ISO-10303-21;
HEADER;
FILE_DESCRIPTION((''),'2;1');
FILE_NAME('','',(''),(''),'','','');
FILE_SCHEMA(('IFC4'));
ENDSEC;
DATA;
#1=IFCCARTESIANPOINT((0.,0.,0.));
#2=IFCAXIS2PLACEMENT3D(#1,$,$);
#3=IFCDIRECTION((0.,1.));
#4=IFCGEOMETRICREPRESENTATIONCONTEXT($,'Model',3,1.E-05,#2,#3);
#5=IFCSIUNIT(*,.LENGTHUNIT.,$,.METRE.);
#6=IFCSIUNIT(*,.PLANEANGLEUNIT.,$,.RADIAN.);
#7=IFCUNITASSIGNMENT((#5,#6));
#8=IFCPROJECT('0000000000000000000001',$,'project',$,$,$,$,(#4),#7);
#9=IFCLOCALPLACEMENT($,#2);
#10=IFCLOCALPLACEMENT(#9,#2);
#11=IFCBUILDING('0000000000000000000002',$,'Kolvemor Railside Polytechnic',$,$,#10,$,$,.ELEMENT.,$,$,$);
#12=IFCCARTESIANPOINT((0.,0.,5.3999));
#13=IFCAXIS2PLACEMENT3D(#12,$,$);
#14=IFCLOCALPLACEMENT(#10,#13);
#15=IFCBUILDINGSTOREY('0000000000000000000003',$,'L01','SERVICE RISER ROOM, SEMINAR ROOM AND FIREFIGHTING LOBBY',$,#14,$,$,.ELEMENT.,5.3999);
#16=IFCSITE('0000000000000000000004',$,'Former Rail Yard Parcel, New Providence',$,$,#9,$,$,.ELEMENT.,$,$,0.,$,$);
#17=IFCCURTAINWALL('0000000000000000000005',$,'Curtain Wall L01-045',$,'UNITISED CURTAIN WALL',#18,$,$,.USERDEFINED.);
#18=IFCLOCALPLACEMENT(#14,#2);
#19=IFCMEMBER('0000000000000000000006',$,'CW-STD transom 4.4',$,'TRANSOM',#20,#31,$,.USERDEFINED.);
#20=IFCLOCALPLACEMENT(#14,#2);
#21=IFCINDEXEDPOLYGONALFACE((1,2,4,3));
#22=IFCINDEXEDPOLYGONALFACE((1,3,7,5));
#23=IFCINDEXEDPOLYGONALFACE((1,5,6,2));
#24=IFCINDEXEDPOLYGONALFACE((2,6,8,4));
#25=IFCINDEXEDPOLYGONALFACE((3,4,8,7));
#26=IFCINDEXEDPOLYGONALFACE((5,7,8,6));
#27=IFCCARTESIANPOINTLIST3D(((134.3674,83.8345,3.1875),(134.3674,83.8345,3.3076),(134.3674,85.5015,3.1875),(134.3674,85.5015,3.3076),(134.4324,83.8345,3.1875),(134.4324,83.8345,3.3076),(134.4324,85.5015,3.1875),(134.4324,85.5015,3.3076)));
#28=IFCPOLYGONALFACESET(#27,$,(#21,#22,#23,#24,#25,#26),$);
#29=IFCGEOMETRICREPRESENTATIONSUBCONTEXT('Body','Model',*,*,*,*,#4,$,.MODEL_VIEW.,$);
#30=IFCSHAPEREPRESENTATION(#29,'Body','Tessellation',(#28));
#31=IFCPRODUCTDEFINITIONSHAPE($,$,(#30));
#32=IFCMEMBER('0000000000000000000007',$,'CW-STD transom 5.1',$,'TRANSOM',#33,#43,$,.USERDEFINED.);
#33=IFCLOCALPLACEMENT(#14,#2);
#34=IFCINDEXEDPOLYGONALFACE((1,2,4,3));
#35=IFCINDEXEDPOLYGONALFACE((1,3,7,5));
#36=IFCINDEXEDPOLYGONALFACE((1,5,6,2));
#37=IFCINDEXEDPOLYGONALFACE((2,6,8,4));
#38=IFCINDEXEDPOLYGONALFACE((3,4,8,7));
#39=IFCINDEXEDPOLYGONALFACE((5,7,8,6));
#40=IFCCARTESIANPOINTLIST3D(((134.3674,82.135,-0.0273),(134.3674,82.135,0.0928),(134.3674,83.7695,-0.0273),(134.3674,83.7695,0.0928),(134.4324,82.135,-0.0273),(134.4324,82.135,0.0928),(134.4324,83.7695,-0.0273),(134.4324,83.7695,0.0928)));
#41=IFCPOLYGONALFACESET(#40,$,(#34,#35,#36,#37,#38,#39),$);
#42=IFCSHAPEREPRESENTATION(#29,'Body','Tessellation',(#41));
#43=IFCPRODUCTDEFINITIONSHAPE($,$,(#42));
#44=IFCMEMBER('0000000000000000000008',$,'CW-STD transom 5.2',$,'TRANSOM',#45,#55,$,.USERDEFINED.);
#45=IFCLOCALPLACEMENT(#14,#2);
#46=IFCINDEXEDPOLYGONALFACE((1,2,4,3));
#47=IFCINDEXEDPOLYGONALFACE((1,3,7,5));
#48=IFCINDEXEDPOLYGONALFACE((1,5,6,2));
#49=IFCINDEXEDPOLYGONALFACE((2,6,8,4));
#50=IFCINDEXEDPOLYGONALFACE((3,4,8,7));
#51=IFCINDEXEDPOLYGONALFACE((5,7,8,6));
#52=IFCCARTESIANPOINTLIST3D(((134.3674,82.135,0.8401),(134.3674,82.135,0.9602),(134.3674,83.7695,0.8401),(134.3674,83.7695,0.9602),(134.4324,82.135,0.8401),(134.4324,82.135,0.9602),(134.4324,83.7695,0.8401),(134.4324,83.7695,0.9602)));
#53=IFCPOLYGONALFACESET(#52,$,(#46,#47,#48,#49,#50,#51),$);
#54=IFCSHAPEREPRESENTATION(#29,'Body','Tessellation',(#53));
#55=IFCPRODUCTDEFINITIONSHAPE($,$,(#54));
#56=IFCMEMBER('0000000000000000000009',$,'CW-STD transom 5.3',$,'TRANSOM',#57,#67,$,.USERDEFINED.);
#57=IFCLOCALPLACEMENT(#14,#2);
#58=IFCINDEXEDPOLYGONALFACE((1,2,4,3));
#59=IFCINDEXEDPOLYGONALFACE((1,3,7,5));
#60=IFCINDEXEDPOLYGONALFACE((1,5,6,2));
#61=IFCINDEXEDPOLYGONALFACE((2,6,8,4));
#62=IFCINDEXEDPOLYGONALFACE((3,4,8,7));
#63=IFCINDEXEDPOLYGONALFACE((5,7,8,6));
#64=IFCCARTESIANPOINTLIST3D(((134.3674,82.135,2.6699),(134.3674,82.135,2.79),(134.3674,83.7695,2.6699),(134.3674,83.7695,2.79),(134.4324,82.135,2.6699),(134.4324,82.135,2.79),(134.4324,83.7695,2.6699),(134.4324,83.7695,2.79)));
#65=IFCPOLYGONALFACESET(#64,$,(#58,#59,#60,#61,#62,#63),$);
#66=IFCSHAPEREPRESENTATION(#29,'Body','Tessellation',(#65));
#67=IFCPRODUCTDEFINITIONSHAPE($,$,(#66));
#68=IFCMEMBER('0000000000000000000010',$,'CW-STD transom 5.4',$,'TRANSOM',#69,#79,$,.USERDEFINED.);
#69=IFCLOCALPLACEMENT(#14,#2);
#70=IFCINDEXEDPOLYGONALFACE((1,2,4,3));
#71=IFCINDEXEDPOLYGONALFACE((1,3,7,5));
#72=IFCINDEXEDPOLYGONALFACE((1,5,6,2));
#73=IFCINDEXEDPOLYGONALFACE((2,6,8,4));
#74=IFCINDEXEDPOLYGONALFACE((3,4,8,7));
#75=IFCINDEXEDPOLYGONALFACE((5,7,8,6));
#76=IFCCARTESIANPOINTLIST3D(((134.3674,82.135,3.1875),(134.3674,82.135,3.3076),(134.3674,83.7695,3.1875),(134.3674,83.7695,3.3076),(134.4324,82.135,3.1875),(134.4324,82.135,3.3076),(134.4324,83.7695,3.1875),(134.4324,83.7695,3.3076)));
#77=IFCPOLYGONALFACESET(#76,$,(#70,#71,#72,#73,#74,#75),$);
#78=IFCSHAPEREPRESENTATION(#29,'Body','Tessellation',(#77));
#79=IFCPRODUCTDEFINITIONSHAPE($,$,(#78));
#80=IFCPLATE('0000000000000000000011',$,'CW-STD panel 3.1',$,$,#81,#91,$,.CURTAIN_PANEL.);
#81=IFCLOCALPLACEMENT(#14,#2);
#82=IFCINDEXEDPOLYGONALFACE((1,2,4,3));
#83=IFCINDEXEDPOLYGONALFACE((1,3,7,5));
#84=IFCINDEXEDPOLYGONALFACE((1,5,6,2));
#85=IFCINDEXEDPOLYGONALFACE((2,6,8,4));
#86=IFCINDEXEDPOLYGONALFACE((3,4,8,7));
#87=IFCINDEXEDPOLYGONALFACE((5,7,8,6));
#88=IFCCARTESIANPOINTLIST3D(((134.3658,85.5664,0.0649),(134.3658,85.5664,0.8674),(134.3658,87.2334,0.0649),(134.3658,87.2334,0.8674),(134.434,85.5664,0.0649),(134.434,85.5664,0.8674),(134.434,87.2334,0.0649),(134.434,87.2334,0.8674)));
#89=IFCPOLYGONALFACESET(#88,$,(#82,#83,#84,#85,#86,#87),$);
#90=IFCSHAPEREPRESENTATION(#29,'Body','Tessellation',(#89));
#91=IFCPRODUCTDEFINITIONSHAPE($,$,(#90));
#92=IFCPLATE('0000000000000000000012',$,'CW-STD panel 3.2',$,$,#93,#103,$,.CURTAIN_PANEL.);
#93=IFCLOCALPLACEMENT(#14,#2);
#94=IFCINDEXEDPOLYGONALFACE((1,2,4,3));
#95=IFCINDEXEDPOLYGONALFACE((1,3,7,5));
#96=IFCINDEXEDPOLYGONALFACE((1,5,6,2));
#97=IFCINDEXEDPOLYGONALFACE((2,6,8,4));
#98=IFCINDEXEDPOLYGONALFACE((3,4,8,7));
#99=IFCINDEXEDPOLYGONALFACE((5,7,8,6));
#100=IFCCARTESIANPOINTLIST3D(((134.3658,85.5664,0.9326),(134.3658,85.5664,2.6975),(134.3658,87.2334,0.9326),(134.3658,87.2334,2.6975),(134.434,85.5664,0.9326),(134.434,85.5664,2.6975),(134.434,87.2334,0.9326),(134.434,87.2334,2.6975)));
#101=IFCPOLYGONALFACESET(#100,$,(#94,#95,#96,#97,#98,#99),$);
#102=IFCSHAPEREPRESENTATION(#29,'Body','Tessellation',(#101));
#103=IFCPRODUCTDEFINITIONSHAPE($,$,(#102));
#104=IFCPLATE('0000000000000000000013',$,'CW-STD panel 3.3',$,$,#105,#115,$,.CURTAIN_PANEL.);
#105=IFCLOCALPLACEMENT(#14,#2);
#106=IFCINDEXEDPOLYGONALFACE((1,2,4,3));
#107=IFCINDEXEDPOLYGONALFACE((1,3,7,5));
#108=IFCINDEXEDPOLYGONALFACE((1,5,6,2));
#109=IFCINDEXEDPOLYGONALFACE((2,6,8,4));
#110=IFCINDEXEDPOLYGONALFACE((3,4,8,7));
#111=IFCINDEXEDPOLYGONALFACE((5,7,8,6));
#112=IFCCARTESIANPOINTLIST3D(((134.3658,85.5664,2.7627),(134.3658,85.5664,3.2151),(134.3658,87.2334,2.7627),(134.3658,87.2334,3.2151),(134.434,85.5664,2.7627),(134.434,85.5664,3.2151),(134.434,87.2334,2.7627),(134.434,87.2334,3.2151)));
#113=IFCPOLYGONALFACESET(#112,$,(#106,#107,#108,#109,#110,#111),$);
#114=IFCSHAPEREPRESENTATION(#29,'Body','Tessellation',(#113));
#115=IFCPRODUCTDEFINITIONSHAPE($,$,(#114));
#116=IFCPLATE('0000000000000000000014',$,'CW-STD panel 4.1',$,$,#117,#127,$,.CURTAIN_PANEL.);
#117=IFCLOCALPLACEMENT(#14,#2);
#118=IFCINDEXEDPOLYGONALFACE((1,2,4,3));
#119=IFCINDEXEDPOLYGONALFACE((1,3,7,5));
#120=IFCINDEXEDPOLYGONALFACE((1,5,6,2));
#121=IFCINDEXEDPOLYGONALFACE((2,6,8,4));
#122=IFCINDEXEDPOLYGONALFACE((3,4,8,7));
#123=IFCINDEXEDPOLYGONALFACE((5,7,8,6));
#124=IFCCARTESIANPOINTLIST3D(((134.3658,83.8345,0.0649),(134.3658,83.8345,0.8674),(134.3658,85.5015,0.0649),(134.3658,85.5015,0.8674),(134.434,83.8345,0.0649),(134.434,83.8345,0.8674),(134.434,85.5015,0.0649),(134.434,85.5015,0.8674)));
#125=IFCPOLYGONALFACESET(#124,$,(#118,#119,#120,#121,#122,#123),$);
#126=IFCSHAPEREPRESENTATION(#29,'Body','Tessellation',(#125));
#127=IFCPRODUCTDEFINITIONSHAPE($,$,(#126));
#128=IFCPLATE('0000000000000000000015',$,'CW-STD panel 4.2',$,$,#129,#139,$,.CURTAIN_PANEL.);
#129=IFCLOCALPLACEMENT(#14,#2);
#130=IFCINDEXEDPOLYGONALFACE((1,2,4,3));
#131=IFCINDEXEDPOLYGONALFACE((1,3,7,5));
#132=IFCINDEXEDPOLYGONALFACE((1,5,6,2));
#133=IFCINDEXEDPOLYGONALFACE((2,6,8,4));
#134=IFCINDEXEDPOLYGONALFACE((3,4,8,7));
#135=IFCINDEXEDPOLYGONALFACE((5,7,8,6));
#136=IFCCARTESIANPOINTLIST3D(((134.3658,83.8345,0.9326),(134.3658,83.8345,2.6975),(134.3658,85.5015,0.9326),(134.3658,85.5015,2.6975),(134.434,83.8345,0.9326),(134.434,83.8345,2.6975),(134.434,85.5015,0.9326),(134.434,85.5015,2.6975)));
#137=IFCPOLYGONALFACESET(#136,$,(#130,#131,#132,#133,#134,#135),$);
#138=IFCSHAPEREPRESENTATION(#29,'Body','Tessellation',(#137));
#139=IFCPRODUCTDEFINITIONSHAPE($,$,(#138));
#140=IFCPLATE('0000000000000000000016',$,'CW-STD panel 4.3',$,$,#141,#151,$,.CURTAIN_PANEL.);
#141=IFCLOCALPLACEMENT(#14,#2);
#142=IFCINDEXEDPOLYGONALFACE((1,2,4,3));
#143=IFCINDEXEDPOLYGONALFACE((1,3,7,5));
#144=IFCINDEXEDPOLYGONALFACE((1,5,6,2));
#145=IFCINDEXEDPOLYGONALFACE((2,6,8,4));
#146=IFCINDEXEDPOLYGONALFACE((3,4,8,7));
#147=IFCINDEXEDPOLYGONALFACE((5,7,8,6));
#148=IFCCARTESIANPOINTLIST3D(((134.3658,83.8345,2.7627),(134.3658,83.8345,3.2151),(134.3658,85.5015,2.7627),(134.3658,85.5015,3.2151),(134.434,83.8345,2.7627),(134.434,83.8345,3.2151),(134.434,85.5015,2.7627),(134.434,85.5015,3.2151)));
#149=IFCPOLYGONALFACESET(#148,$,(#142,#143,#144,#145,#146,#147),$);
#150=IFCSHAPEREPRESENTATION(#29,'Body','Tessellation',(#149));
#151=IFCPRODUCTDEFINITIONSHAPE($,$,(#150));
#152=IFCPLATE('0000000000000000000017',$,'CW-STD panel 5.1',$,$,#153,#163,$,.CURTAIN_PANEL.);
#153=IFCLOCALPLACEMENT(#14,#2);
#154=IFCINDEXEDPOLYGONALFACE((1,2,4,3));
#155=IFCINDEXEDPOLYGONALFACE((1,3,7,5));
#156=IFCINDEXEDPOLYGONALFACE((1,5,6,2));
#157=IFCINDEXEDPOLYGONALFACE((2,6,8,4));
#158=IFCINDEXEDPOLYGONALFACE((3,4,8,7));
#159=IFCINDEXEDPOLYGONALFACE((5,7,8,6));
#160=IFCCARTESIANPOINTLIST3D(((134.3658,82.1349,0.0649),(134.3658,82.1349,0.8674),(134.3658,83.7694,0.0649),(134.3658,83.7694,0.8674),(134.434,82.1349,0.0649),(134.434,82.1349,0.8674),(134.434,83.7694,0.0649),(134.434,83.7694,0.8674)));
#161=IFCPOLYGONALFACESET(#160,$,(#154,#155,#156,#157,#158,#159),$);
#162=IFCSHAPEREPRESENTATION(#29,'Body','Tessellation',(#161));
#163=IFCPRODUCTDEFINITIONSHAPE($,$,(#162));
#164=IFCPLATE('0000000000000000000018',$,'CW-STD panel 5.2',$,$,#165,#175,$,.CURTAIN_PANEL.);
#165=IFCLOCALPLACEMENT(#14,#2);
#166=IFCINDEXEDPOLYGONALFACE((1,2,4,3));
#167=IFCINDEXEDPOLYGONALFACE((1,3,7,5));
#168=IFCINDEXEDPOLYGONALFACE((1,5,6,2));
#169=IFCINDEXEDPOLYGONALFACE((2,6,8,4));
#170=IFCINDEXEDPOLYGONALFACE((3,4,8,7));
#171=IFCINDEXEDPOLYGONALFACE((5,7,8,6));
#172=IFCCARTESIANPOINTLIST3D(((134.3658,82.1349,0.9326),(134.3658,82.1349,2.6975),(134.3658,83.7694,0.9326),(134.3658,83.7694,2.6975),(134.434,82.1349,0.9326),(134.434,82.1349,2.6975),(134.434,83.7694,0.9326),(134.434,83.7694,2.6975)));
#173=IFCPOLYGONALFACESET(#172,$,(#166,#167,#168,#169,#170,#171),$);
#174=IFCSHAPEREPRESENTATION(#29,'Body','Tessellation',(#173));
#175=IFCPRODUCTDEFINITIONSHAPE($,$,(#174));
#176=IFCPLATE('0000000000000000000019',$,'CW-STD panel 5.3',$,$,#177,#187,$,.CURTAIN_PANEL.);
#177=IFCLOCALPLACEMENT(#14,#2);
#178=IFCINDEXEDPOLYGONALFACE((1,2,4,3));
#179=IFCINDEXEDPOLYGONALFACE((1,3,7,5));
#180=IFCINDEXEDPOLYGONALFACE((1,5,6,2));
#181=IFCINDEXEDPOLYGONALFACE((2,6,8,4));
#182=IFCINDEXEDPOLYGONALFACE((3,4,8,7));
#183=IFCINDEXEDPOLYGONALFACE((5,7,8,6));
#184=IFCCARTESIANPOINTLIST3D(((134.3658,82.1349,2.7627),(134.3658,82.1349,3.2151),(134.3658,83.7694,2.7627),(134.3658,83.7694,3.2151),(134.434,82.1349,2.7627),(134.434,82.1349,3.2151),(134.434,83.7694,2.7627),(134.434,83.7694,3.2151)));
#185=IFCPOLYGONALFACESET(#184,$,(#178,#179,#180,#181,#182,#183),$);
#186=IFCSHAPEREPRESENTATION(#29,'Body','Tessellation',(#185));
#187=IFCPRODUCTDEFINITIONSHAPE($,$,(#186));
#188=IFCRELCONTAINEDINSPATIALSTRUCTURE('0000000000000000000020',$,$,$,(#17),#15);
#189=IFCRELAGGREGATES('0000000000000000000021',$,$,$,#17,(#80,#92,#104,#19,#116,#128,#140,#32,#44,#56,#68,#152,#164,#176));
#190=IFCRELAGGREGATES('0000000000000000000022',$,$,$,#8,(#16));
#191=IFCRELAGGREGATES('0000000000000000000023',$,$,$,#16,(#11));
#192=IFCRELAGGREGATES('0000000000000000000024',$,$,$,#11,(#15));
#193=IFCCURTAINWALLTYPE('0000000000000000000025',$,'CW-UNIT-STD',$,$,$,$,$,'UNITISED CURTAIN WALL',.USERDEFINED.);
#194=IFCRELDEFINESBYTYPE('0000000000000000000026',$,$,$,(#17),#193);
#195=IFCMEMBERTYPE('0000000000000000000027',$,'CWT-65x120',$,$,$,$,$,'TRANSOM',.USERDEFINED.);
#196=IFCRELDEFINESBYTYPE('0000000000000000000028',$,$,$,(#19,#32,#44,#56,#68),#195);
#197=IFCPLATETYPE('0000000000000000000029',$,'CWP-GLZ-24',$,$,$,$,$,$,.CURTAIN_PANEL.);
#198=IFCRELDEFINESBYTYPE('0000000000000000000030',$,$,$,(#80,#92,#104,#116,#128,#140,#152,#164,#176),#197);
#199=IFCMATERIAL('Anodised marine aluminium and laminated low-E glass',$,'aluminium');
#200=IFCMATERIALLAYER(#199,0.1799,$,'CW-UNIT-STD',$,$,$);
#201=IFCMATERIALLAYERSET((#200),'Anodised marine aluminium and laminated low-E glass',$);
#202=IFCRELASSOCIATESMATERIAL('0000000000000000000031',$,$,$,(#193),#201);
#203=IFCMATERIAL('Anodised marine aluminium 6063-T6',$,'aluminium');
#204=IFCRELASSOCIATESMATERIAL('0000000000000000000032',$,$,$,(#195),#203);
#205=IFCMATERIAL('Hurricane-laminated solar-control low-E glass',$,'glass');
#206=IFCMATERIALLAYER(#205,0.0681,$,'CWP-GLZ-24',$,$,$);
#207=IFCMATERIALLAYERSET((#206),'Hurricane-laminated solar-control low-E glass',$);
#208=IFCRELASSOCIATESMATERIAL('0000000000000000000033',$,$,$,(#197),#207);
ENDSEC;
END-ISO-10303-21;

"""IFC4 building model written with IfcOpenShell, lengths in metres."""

from ifc_helpers import new_model, si_unit, direction, frame, origin, origin_2d, place, context, subcontext, project, spatial, rectangle, extrude, material, layer, layer_set, material_profile, profile_set, type_object, element, aggregate, save


model = new_model("IFC4")

# Units and contexts
model_context = context("Model", 3, precision=1e-05, world=origin(), true_north=direction((0.0, 1.0)))
body_context = subcontext(model_context, "Body", "Model", "MODEL_VIEW")
ifc_project = project(units=[si_unit("LENGTHUNIT", "METRE"), si_unit("PLANEANGLEUNIT", "RADIAN")], contexts=[model_context])

# Site, building, storey
site_placement = place(None, origin())
site = spatial("IfcSite", under=ifc_project, at=site_placement, Name="Former Rail Yard Parcel, New Providence", CompositionType="ELEMENT", RefElevation=0.0)
building_placement = place(site_placement, origin())
building = spatial("IfcBuilding", under=site, at=building_placement, Name="Kolvemor Railside Polytechnic", CompositionType="ELEMENT")
storey_placement = place(building_placement, frame((0.0, 0.0, 5.3999)))
storey = spatial("IfcBuildingStorey", under=building, at=storey_placement, Name="L01", Description="SERVICE RISER ROOM, SEMINAR ROOM AND FIREFIGHTING LOBBY", CompositionType="ELEMENT", Elevation=5.3999)

# Curtain wall, members, plates
ifc_material_1 = material(Name="Anodised marine aluminium and laminated low-E glass", Category="aluminium")
ifc_layer_1 = layer(ifc_material_1, 0.1799, Name="CW-UNIT-STD")
ifc_layer_set_1 = layer_set([ifc_layer_1], Name="Anodised marine aluminium and laminated low-E glass")
curtain_wall_type = type_object("IfcCurtainWallType", Name="CW-UNIT-STD", ElementType="UNITISED CURTAIN WALL", PredefinedType="USERDEFINED", material=ifc_layer_set_1)
curtain_wall_placement = place(storey_placement, origin())
curtain_wall = element("IfcCurtainWall", 1, at=curtain_wall_placement, inside=storey, type_object=curtain_wall_type, Name="Curtain Wall L01-045", ObjectType="UNITISED CURTAIN WALL", PredefinedType="USERDEFINED")
ifc_material_2 = material(Name="Anodised marine aluminium 6063-T6", Category="aluminium")
ifc_material_profile_1 = material_profile(ifc_material_2, rectangle(XDim=0.0649, YDim=0.1201, at=origin_2d()), Name="CW-TRN-65x120")
ifc_profile_set_1 = profile_set([ifc_material_profile_1], Name="Anodised marine aluminium 6063-T6")
member_type_1 = type_object("IfcMemberType", Name="CWT-65x120", ElementType="TRANSOM", PredefinedType="USERDEFINED", material=ifc_profile_set_1)
member_1_placement = place(storey_placement, frame((134.3999, 85.5015, 3.2476), z_axis=(0.0, -1.0, 0.0), x_axis=(1.0, 0.0, 0.0)))
member_1 = element("IfcMember", 2, at=member_1_placement, type_object=member_type_1, Name="CW-STD transom 4.4", ObjectType="TRANSOM", PredefinedType="USERDEFINED", context=body_context, shape_type="SweptSolid", body=[
    extrude(rectangle(XDim=0.0649, YDim=0.1201, at=origin_2d()), origin(), (0.0, 0.0, 1.0), 1.667),
])
member_2_placement = place(storey_placement, frame((134.3999, 83.7695, 0.0327), z_axis=(0.0, -1.0, 0.0), x_axis=(1.0, 0.0, 0.0)))
member_2 = element("IfcMember", 3, at=member_2_placement, type_object=member_type_1, Name="CW-STD transom 5.1", ObjectType="TRANSOM", PredefinedType="USERDEFINED", context=body_context, shape_type="SweptSolid", body=[
    extrude(rectangle(XDim=0.0649, YDim=0.1201, at=origin_2d()), origin(), (0.0, 0.0, 1.0), 1.6345),
])
member_3_placement = place(storey_placement, frame((134.3999, 83.7695, 0.9001), z_axis=(0.0, -1.0, 0.0), x_axis=(1.0, 0.0, 0.0)))
member_3 = element("IfcMember", 4, at=member_3_placement, type_object=member_type_1, Name="CW-STD transom 5.2", ObjectType="TRANSOM", PredefinedType="USERDEFINED", context=body_context, shape_type="SweptSolid", body=[
    extrude(rectangle(XDim=0.0649, YDim=0.1201, at=origin_2d()), origin(), (0.0, 0.0, 1.0), 1.6345),
])
member_4_placement = place(storey_placement, frame((134.3999, 83.7695, 2.73), z_axis=(0.0, -1.0, 0.0), x_axis=(1.0, 0.0, 0.0)))
member_4 = element("IfcMember", 5, at=member_4_placement, type_object=member_type_1, Name="CW-STD transom 5.3", ObjectType="TRANSOM", PredefinedType="USERDEFINED", context=body_context, shape_type="SweptSolid", body=[
    extrude(rectangle(XDim=0.0649, YDim=0.1201, at=origin_2d()), origin(), (0.0, 0.0, 1.0), 1.6345),
])
member_5_placement = place(storey_placement, frame((134.3999, 83.7695, 3.2476), z_axis=(0.0, -1.0, 0.0), x_axis=(1.0, 0.0, 0.0)))
member_5 = element("IfcMember", 6, at=member_5_placement, type_object=member_type_1, Name="CW-STD transom 5.4", ObjectType="TRANSOM", PredefinedType="USERDEFINED", context=body_context, shape_type="SweptSolid", body=[
    extrude(rectangle(XDim=0.0649, YDim=0.1201, at=origin_2d()), origin(), (0.0, 0.0, 1.0), 1.6345),
])
ifc_material_3 = material(Name="Hurricane-laminated solar-control low-E glass", Category="glass")
ifc_layer_2 = layer(ifc_material_3, 0.0681, Name="CWP-GLZ-24")
ifc_layer_set_2 = layer_set([ifc_layer_2], Name="Hurricane-laminated solar-control low-E glass")
plate_type = type_object("IfcPlateType", Name="CWP-GLZ-24", PredefinedType="CURTAIN_PANEL", material=ifc_layer_set_2)
plate_1_placement = place(storey_placement, frame((134.3999, 86.3999, 0.0649), z_axis=(0.0, 0.0, 1.0), x_axis=(0.0, -1.0, 0.0)))
plate_1 = element("IfcPlate", 7, at=plate_1_placement, type_object=plate_type, Name="CW-STD panel 3.1", PredefinedType="CURTAIN_PANEL", context=body_context, shape_type="SweptSolid", body=[
    extrude(rectangle(XDim=1.667, YDim=0.0681, at=origin_2d()), origin(), (0.0, 0.0, 1.0), 0.8025),
])
plate_2_placement = place(storey_placement, frame((134.3999, 86.3999, 0.9326), z_axis=(0.0, 0.0, 1.0), x_axis=(0.0, -1.0, 0.0)))
plate_2 = element("IfcPlate", 8, at=plate_2_placement, type_object=plate_type, Name="CW-STD panel 3.2", PredefinedType="CURTAIN_PANEL", context=body_context, shape_type="SweptSolid", body=[
    extrude(rectangle(XDim=1.667, YDim=0.0681, at=origin_2d()), origin(), (0.0, 0.0, 1.0), 1.7649),
])
plate_3_placement = place(storey_placement, frame((134.3999, 86.3999, 2.7627), z_axis=(0.0, 0.0, 1.0), x_axis=(0.0, -1.0, 0.0)))
plate_3 = element("IfcPlate", 9, at=plate_3_placement, type_object=plate_type, Name="CW-STD panel 3.3", PredefinedType="CURTAIN_PANEL", context=body_context, shape_type="SweptSolid", body=[
    extrude(rectangle(XDim=1.667, YDim=0.0681, at=origin_2d()), origin(), (0.0, 0.0, 1.0), 0.4524),
])
plate_4_placement = place(storey_placement, frame((134.3999, 84.668, 0.0649), z_axis=(0.0, 0.0, 1.0), x_axis=(0.0, -1.0, 0.0)))
plate_4 = element("IfcPlate", 10, at=plate_4_placement, type_object=plate_type, Name="CW-STD panel 4.1", PredefinedType="CURTAIN_PANEL", context=body_context, shape_type="SweptSolid", body=[
    extrude(rectangle(XDim=1.667, YDim=0.0681, at=origin_2d()), origin(), (0.0, 0.0, 1.0), 0.8025),
])
plate_5_placement = place(storey_placement, frame((134.3999, 84.668, 0.9326), z_axis=(0.0, 0.0, 1.0), x_axis=(0.0, -1.0, 0.0)))
plate_5 = element("IfcPlate", 11, at=plate_5_placement, type_object=plate_type, Name="CW-STD panel 4.2", PredefinedType="CURTAIN_PANEL", context=body_context, shape_type="SweptSolid", body=[
    extrude(rectangle(XDim=1.667, YDim=0.0681, at=origin_2d()), origin(), (0.0, 0.0, 1.0), 1.7649),
])
plate_6_placement = place(storey_placement, frame((134.3999, 84.668, 2.7627), z_axis=(0.0, 0.0, 1.0), x_axis=(0.0, -1.0, 0.0)))
plate_6 = element("IfcPlate", 12, at=plate_6_placement, type_object=plate_type, Name="CW-STD panel 4.3", PredefinedType="CURTAIN_PANEL", context=body_context, shape_type="SweptSolid", body=[
    extrude(rectangle(XDim=1.667, YDim=0.0681, at=origin_2d()), origin(), (0.0, 0.0, 1.0), 0.4524),
])
plate_7_placement = place(storey_placement, frame((134.3999, 82.9521, 0.0649), z_axis=(0.0, 0.0, 1.0), x_axis=(0.0, -1.0, 0.0)))
plate_7 = element("IfcPlate", 13, at=plate_7_placement, type_object=plate_type, Name="CW-STD panel 5.1", PredefinedType="CURTAIN_PANEL", context=body_context, shape_type="SweptSolid", body=[
    extrude(rectangle(XDim=1.6345, YDim=0.0681, at=origin_2d()), origin(), (0.0, 0.0, 1.0), 0.8025),
])
plate_8_placement = place(storey_placement, frame((134.3999, 82.9521, 0.9326), z_axis=(0.0, 0.0, 1.0), x_axis=(0.0, -1.0, 0.0)))
plate_8 = element("IfcPlate", 14, at=plate_8_placement, type_object=plate_type, Name="CW-STD panel 5.2", PredefinedType="CURTAIN_PANEL", context=body_context, shape_type="SweptSolid", body=[
    extrude(rectangle(XDim=1.6345, YDim=0.0681, at=origin_2d()), origin(), (0.0, 0.0, 1.0), 1.7649),
])
plate_9_placement = place(storey_placement, frame((134.3999, 82.9521, 2.7627), z_axis=(0.0, 0.0, 1.0), x_axis=(0.0, -1.0, 0.0)))
plate_9 = element("IfcPlate", 15, at=plate_9_placement, type_object=plate_type, Name="CW-STD panel 5.3", PredefinedType="CURTAIN_PANEL", context=body_context, shape_type="SweptSolid", body=[
    extrude(rectangle(XDim=1.6345, YDim=0.0681, at=origin_2d()), origin(), (0.0, 0.0, 1.0), 0.4524),
])
aggregate(curtain_wall, [plate_1, plate_2, plate_3, member_1, plate_4, plate_5, plate_6, member_2, member_3, member_4, member_5, plate_7, plate_8, plate_9])

save(model, "model.ifc")
